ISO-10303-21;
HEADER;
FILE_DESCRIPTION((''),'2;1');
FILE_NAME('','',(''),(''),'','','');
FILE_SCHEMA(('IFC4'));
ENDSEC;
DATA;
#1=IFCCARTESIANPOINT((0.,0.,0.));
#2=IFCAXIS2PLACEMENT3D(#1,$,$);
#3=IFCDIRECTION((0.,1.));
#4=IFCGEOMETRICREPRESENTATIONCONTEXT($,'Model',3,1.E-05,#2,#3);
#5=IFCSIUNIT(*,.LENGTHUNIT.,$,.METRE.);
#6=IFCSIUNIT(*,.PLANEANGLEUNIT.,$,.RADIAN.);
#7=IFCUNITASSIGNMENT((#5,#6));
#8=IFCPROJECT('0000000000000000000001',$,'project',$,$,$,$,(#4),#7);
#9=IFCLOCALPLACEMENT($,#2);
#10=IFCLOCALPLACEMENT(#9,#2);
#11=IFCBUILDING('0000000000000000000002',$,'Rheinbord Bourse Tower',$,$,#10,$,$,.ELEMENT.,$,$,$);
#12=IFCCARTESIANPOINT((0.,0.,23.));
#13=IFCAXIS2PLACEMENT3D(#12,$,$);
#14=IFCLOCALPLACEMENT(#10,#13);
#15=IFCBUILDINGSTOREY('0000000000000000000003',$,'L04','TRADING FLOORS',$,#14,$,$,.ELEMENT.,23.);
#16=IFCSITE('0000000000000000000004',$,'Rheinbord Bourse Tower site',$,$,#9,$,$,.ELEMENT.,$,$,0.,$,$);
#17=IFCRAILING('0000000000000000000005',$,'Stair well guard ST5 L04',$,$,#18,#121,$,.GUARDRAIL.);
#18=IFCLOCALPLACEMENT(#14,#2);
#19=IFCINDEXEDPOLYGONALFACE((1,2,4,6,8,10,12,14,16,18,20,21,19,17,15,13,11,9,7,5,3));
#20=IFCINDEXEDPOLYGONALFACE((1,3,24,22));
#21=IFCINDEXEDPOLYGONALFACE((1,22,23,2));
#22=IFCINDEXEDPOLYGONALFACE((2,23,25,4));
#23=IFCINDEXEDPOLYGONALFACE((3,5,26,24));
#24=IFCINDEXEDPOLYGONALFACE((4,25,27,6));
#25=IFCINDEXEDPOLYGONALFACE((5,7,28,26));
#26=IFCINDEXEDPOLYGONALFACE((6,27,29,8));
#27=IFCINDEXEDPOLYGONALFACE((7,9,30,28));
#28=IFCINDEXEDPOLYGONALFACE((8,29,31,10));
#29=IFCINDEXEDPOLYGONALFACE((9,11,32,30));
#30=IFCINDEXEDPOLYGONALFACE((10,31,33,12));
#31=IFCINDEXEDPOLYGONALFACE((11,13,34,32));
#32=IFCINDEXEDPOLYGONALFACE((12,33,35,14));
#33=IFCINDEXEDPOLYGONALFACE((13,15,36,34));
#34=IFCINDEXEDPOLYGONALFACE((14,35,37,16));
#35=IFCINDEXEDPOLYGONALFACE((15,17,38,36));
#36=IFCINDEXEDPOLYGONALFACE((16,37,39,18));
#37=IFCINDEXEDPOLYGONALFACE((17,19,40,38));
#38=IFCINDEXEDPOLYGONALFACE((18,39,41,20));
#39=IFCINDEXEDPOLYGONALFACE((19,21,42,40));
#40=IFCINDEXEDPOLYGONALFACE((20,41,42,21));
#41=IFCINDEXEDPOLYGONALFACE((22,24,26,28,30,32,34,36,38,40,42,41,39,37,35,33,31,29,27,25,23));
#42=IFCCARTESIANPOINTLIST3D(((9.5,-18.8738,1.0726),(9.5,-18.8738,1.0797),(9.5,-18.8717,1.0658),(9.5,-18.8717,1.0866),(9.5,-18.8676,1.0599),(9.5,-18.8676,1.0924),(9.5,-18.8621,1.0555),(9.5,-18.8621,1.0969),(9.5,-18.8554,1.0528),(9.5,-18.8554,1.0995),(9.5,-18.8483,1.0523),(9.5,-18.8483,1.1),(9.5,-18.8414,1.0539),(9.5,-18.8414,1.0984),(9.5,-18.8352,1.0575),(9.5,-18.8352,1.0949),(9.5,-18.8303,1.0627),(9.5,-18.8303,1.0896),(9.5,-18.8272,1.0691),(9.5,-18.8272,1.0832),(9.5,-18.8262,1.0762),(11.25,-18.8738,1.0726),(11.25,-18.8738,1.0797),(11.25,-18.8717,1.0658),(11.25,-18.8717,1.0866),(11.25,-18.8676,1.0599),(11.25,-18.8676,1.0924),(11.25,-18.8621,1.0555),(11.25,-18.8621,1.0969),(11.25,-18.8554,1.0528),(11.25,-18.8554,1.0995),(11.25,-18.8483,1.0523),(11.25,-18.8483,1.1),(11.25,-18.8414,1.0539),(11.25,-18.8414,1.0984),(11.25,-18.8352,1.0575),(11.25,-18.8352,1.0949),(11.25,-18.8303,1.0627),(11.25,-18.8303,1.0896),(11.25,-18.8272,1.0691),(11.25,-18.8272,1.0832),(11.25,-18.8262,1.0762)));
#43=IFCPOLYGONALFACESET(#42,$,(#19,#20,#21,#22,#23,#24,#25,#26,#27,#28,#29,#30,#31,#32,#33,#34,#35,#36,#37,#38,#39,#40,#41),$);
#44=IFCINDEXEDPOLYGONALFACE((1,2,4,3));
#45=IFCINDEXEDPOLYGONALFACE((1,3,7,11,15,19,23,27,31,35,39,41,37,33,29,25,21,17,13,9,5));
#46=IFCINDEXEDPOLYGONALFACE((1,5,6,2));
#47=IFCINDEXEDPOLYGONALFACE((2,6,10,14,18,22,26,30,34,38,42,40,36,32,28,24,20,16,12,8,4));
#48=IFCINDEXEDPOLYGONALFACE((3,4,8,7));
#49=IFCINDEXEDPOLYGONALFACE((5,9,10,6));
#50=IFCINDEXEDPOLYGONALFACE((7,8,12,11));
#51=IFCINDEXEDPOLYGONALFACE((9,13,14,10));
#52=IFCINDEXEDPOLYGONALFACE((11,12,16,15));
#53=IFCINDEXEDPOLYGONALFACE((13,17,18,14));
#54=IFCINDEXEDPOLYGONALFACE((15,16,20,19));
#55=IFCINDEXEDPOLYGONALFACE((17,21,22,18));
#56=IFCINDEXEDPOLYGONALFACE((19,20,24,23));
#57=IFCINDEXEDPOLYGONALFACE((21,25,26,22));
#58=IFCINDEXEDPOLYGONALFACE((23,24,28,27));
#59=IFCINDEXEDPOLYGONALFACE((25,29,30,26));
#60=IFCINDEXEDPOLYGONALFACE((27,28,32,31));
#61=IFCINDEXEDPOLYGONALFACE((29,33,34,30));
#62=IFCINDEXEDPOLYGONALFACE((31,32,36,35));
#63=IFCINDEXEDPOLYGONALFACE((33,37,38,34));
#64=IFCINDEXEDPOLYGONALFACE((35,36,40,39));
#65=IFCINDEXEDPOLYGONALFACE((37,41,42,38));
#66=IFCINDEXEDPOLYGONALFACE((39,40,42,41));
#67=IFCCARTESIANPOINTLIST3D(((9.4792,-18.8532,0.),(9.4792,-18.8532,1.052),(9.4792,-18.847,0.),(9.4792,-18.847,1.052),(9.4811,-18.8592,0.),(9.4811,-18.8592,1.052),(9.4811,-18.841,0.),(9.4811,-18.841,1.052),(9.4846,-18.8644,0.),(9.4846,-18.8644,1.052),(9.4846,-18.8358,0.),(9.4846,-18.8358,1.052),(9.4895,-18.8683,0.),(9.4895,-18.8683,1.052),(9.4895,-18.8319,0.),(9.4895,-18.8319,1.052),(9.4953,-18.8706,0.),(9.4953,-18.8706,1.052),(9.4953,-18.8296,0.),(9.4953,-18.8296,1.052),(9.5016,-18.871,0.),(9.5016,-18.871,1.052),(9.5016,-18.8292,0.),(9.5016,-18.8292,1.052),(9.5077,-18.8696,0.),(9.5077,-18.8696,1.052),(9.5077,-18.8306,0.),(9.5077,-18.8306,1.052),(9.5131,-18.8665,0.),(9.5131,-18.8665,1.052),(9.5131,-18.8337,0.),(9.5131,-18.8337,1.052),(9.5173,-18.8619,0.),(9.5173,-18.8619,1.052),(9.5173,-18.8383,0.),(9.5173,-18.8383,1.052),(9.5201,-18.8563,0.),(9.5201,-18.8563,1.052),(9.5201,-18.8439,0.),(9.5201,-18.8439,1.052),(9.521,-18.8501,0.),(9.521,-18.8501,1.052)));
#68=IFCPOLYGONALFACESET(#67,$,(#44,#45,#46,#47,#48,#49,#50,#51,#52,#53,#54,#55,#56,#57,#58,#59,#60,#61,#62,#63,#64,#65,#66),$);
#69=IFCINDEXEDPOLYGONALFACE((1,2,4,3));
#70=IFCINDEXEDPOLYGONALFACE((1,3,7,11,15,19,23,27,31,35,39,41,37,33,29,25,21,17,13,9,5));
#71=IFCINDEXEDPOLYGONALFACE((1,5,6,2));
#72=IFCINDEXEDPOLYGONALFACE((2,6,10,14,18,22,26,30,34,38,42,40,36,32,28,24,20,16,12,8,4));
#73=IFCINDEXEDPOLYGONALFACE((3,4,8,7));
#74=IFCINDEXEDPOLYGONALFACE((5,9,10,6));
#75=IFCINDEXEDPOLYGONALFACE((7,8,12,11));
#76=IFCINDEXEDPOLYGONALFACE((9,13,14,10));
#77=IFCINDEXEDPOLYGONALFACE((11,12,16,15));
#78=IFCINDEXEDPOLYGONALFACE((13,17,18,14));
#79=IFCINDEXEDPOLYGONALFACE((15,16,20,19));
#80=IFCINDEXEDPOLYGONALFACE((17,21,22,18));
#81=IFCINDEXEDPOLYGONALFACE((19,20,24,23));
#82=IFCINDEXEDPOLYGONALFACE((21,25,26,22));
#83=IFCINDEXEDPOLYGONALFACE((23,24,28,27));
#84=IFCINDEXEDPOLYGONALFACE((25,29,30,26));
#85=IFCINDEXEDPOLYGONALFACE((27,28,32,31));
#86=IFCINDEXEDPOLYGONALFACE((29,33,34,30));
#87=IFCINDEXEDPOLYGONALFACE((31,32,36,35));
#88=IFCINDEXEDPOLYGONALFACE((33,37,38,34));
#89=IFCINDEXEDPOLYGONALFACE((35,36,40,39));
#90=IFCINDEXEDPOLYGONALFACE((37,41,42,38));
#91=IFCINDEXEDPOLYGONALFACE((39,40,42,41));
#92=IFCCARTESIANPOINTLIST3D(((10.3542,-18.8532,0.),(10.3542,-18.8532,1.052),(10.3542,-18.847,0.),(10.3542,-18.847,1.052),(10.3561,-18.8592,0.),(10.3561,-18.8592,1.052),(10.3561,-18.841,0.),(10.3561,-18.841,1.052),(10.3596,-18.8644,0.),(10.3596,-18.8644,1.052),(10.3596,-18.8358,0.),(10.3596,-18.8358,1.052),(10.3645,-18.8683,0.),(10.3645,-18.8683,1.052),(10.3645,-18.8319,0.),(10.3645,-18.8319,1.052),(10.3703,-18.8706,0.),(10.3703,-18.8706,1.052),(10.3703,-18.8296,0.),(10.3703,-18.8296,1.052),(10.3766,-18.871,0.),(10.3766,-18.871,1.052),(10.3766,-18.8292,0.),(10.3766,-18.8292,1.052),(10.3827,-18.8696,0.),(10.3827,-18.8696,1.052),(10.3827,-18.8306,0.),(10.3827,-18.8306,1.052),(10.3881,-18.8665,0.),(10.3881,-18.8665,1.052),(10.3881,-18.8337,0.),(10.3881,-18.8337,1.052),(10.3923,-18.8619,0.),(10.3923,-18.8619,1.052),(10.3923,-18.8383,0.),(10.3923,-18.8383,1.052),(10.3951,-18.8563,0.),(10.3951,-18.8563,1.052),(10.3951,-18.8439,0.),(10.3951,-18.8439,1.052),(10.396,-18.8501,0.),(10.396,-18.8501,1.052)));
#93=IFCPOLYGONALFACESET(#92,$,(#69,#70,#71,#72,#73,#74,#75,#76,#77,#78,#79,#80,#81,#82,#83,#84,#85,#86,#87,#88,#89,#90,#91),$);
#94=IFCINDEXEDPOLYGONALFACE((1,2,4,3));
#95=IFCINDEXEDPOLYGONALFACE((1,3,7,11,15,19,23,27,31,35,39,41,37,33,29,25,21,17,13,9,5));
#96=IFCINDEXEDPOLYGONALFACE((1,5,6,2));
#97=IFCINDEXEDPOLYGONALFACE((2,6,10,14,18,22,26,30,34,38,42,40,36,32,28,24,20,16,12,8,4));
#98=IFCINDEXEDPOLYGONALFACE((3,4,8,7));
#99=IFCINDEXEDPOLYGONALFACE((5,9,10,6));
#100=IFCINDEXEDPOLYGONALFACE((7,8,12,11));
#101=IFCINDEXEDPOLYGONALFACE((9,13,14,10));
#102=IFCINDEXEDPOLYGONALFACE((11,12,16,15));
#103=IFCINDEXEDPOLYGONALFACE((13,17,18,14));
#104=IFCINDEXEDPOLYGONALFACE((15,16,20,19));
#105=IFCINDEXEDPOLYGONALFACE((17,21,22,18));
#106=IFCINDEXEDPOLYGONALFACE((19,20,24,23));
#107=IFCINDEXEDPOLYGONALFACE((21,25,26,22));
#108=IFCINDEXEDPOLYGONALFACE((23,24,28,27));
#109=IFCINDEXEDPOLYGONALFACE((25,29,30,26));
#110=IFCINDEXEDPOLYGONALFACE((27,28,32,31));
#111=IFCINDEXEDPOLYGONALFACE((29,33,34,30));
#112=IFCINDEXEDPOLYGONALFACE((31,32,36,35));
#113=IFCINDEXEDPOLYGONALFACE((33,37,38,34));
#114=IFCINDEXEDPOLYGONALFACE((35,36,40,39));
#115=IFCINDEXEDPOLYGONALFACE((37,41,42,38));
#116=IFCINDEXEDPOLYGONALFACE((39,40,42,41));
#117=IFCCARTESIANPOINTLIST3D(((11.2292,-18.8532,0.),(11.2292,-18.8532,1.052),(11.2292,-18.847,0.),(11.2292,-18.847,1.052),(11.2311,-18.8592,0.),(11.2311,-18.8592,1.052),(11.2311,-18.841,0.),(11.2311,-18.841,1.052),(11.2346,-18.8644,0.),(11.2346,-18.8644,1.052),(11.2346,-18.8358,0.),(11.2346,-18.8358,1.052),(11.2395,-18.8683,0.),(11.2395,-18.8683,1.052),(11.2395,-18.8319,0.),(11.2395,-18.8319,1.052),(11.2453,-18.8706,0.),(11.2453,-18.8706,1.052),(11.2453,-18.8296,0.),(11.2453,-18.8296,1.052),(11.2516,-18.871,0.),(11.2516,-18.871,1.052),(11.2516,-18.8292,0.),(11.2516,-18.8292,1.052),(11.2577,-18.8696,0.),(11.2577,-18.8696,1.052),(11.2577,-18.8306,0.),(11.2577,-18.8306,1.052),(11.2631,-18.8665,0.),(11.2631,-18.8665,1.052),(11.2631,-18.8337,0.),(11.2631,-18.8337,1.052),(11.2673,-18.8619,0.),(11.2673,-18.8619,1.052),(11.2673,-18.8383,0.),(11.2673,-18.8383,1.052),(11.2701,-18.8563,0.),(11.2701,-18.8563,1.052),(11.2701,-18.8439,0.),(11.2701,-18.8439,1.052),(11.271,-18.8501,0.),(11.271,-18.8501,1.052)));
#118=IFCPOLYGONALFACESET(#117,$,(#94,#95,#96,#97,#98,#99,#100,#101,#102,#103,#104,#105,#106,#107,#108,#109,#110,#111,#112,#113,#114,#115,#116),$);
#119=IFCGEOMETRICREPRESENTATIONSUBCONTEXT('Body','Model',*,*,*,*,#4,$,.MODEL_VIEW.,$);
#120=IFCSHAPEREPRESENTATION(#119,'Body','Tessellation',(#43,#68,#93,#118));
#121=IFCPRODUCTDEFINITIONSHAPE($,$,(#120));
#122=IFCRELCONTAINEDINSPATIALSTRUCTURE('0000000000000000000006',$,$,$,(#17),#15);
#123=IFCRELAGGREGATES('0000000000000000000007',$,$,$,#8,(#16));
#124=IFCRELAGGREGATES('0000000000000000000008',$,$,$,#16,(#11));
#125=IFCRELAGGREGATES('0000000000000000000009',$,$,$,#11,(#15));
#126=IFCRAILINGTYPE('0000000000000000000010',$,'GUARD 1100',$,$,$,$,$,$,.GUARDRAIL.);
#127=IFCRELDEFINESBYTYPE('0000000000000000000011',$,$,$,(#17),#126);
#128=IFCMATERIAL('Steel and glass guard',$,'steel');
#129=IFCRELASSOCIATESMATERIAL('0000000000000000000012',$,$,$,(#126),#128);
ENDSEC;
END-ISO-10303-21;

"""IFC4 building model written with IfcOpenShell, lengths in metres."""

from ifc_helpers import new_model, si_unit, direction, frame, origin, origin_2d, place, context, subcontext, project, spatial, circle, extrude, material, type_object, element, save


model = new_model("IFC4")

# Units and contexts
model_context = context("Model", 3, precision=1e-05, world=origin(), true_north=direction((0.0, 1.0)))
body_context = subcontext(model_context, "Body", "Model", "MODEL_VIEW")
ifc_project = project(units=[si_unit("LENGTHUNIT", "METRE"), si_unit("PLANEANGLEUNIT", "RADIAN")], contexts=[model_context])

# Site, building, storey
site_placement = place(None, origin())
site = spatial("IfcSite", under=ifc_project, at=site_placement, Name="Rheinbord Bourse Tower site", CompositionType="ELEMENT", RefElevation=0.0)
building_placement = place(site_placement, origin())
building = spatial("IfcBuilding", under=site, at=building_placement, Name="Rheinbord Bourse Tower", CompositionType="ELEMENT")
storey_placement = place(building_placement, frame((0.0, 0.0, 23.0)))
storey = spatial("IfcBuildingStorey", under=building, at=storey_placement, Name="L04", Description="TRADING FLOORS", CompositionType="ELEMENT", Elevation=23.0)

# Railing
ifc_material_1 = material(Name="Steel and glass guard", Category="steel")
railing_type_1 = type_object("IfcRailingType", Name="GUARD 1100", PredefinedType="GUARDRAIL", material=ifc_material_1)
railing_1_placement = place(storey_placement, frame((9.5, -18.8501, 0.0)))
element("IfcRailing", 1, at=railing_1_placement, inside=storey, type_object=railing_type_1, Name="Stair well guard ST5 L04", PredefinedType="GUARDRAIL", context=body_context, shape_type="SweptSolid", body=[
    extrude(circle(Radius=0.0239, at=origin_2d()), frame((0.0, 0.0, 1.0762), z_axis=(1.0, 0.0, 0.0), x_axis=(0.0, 1.0, 0.0)), (0.0, 0.0, 1.0), 1.75),
    extrude(circle(Radius=0.021, at=origin_2d()), origin(), (0.0, 0.0, 1.0), 1.052),
    extrude(circle(Radius=0.021, at=origin_2d()), frame((0.875, 0.0, 0.0)), (0.0, 0.0, 1.0), 1.052),
    extrude(circle(Radius=0.021, at=origin_2d()), frame((1.75, 0.0, 0.0)), (0.0, 0.0, 1.0), 1.052),
])

save(model, "model.ifc")
